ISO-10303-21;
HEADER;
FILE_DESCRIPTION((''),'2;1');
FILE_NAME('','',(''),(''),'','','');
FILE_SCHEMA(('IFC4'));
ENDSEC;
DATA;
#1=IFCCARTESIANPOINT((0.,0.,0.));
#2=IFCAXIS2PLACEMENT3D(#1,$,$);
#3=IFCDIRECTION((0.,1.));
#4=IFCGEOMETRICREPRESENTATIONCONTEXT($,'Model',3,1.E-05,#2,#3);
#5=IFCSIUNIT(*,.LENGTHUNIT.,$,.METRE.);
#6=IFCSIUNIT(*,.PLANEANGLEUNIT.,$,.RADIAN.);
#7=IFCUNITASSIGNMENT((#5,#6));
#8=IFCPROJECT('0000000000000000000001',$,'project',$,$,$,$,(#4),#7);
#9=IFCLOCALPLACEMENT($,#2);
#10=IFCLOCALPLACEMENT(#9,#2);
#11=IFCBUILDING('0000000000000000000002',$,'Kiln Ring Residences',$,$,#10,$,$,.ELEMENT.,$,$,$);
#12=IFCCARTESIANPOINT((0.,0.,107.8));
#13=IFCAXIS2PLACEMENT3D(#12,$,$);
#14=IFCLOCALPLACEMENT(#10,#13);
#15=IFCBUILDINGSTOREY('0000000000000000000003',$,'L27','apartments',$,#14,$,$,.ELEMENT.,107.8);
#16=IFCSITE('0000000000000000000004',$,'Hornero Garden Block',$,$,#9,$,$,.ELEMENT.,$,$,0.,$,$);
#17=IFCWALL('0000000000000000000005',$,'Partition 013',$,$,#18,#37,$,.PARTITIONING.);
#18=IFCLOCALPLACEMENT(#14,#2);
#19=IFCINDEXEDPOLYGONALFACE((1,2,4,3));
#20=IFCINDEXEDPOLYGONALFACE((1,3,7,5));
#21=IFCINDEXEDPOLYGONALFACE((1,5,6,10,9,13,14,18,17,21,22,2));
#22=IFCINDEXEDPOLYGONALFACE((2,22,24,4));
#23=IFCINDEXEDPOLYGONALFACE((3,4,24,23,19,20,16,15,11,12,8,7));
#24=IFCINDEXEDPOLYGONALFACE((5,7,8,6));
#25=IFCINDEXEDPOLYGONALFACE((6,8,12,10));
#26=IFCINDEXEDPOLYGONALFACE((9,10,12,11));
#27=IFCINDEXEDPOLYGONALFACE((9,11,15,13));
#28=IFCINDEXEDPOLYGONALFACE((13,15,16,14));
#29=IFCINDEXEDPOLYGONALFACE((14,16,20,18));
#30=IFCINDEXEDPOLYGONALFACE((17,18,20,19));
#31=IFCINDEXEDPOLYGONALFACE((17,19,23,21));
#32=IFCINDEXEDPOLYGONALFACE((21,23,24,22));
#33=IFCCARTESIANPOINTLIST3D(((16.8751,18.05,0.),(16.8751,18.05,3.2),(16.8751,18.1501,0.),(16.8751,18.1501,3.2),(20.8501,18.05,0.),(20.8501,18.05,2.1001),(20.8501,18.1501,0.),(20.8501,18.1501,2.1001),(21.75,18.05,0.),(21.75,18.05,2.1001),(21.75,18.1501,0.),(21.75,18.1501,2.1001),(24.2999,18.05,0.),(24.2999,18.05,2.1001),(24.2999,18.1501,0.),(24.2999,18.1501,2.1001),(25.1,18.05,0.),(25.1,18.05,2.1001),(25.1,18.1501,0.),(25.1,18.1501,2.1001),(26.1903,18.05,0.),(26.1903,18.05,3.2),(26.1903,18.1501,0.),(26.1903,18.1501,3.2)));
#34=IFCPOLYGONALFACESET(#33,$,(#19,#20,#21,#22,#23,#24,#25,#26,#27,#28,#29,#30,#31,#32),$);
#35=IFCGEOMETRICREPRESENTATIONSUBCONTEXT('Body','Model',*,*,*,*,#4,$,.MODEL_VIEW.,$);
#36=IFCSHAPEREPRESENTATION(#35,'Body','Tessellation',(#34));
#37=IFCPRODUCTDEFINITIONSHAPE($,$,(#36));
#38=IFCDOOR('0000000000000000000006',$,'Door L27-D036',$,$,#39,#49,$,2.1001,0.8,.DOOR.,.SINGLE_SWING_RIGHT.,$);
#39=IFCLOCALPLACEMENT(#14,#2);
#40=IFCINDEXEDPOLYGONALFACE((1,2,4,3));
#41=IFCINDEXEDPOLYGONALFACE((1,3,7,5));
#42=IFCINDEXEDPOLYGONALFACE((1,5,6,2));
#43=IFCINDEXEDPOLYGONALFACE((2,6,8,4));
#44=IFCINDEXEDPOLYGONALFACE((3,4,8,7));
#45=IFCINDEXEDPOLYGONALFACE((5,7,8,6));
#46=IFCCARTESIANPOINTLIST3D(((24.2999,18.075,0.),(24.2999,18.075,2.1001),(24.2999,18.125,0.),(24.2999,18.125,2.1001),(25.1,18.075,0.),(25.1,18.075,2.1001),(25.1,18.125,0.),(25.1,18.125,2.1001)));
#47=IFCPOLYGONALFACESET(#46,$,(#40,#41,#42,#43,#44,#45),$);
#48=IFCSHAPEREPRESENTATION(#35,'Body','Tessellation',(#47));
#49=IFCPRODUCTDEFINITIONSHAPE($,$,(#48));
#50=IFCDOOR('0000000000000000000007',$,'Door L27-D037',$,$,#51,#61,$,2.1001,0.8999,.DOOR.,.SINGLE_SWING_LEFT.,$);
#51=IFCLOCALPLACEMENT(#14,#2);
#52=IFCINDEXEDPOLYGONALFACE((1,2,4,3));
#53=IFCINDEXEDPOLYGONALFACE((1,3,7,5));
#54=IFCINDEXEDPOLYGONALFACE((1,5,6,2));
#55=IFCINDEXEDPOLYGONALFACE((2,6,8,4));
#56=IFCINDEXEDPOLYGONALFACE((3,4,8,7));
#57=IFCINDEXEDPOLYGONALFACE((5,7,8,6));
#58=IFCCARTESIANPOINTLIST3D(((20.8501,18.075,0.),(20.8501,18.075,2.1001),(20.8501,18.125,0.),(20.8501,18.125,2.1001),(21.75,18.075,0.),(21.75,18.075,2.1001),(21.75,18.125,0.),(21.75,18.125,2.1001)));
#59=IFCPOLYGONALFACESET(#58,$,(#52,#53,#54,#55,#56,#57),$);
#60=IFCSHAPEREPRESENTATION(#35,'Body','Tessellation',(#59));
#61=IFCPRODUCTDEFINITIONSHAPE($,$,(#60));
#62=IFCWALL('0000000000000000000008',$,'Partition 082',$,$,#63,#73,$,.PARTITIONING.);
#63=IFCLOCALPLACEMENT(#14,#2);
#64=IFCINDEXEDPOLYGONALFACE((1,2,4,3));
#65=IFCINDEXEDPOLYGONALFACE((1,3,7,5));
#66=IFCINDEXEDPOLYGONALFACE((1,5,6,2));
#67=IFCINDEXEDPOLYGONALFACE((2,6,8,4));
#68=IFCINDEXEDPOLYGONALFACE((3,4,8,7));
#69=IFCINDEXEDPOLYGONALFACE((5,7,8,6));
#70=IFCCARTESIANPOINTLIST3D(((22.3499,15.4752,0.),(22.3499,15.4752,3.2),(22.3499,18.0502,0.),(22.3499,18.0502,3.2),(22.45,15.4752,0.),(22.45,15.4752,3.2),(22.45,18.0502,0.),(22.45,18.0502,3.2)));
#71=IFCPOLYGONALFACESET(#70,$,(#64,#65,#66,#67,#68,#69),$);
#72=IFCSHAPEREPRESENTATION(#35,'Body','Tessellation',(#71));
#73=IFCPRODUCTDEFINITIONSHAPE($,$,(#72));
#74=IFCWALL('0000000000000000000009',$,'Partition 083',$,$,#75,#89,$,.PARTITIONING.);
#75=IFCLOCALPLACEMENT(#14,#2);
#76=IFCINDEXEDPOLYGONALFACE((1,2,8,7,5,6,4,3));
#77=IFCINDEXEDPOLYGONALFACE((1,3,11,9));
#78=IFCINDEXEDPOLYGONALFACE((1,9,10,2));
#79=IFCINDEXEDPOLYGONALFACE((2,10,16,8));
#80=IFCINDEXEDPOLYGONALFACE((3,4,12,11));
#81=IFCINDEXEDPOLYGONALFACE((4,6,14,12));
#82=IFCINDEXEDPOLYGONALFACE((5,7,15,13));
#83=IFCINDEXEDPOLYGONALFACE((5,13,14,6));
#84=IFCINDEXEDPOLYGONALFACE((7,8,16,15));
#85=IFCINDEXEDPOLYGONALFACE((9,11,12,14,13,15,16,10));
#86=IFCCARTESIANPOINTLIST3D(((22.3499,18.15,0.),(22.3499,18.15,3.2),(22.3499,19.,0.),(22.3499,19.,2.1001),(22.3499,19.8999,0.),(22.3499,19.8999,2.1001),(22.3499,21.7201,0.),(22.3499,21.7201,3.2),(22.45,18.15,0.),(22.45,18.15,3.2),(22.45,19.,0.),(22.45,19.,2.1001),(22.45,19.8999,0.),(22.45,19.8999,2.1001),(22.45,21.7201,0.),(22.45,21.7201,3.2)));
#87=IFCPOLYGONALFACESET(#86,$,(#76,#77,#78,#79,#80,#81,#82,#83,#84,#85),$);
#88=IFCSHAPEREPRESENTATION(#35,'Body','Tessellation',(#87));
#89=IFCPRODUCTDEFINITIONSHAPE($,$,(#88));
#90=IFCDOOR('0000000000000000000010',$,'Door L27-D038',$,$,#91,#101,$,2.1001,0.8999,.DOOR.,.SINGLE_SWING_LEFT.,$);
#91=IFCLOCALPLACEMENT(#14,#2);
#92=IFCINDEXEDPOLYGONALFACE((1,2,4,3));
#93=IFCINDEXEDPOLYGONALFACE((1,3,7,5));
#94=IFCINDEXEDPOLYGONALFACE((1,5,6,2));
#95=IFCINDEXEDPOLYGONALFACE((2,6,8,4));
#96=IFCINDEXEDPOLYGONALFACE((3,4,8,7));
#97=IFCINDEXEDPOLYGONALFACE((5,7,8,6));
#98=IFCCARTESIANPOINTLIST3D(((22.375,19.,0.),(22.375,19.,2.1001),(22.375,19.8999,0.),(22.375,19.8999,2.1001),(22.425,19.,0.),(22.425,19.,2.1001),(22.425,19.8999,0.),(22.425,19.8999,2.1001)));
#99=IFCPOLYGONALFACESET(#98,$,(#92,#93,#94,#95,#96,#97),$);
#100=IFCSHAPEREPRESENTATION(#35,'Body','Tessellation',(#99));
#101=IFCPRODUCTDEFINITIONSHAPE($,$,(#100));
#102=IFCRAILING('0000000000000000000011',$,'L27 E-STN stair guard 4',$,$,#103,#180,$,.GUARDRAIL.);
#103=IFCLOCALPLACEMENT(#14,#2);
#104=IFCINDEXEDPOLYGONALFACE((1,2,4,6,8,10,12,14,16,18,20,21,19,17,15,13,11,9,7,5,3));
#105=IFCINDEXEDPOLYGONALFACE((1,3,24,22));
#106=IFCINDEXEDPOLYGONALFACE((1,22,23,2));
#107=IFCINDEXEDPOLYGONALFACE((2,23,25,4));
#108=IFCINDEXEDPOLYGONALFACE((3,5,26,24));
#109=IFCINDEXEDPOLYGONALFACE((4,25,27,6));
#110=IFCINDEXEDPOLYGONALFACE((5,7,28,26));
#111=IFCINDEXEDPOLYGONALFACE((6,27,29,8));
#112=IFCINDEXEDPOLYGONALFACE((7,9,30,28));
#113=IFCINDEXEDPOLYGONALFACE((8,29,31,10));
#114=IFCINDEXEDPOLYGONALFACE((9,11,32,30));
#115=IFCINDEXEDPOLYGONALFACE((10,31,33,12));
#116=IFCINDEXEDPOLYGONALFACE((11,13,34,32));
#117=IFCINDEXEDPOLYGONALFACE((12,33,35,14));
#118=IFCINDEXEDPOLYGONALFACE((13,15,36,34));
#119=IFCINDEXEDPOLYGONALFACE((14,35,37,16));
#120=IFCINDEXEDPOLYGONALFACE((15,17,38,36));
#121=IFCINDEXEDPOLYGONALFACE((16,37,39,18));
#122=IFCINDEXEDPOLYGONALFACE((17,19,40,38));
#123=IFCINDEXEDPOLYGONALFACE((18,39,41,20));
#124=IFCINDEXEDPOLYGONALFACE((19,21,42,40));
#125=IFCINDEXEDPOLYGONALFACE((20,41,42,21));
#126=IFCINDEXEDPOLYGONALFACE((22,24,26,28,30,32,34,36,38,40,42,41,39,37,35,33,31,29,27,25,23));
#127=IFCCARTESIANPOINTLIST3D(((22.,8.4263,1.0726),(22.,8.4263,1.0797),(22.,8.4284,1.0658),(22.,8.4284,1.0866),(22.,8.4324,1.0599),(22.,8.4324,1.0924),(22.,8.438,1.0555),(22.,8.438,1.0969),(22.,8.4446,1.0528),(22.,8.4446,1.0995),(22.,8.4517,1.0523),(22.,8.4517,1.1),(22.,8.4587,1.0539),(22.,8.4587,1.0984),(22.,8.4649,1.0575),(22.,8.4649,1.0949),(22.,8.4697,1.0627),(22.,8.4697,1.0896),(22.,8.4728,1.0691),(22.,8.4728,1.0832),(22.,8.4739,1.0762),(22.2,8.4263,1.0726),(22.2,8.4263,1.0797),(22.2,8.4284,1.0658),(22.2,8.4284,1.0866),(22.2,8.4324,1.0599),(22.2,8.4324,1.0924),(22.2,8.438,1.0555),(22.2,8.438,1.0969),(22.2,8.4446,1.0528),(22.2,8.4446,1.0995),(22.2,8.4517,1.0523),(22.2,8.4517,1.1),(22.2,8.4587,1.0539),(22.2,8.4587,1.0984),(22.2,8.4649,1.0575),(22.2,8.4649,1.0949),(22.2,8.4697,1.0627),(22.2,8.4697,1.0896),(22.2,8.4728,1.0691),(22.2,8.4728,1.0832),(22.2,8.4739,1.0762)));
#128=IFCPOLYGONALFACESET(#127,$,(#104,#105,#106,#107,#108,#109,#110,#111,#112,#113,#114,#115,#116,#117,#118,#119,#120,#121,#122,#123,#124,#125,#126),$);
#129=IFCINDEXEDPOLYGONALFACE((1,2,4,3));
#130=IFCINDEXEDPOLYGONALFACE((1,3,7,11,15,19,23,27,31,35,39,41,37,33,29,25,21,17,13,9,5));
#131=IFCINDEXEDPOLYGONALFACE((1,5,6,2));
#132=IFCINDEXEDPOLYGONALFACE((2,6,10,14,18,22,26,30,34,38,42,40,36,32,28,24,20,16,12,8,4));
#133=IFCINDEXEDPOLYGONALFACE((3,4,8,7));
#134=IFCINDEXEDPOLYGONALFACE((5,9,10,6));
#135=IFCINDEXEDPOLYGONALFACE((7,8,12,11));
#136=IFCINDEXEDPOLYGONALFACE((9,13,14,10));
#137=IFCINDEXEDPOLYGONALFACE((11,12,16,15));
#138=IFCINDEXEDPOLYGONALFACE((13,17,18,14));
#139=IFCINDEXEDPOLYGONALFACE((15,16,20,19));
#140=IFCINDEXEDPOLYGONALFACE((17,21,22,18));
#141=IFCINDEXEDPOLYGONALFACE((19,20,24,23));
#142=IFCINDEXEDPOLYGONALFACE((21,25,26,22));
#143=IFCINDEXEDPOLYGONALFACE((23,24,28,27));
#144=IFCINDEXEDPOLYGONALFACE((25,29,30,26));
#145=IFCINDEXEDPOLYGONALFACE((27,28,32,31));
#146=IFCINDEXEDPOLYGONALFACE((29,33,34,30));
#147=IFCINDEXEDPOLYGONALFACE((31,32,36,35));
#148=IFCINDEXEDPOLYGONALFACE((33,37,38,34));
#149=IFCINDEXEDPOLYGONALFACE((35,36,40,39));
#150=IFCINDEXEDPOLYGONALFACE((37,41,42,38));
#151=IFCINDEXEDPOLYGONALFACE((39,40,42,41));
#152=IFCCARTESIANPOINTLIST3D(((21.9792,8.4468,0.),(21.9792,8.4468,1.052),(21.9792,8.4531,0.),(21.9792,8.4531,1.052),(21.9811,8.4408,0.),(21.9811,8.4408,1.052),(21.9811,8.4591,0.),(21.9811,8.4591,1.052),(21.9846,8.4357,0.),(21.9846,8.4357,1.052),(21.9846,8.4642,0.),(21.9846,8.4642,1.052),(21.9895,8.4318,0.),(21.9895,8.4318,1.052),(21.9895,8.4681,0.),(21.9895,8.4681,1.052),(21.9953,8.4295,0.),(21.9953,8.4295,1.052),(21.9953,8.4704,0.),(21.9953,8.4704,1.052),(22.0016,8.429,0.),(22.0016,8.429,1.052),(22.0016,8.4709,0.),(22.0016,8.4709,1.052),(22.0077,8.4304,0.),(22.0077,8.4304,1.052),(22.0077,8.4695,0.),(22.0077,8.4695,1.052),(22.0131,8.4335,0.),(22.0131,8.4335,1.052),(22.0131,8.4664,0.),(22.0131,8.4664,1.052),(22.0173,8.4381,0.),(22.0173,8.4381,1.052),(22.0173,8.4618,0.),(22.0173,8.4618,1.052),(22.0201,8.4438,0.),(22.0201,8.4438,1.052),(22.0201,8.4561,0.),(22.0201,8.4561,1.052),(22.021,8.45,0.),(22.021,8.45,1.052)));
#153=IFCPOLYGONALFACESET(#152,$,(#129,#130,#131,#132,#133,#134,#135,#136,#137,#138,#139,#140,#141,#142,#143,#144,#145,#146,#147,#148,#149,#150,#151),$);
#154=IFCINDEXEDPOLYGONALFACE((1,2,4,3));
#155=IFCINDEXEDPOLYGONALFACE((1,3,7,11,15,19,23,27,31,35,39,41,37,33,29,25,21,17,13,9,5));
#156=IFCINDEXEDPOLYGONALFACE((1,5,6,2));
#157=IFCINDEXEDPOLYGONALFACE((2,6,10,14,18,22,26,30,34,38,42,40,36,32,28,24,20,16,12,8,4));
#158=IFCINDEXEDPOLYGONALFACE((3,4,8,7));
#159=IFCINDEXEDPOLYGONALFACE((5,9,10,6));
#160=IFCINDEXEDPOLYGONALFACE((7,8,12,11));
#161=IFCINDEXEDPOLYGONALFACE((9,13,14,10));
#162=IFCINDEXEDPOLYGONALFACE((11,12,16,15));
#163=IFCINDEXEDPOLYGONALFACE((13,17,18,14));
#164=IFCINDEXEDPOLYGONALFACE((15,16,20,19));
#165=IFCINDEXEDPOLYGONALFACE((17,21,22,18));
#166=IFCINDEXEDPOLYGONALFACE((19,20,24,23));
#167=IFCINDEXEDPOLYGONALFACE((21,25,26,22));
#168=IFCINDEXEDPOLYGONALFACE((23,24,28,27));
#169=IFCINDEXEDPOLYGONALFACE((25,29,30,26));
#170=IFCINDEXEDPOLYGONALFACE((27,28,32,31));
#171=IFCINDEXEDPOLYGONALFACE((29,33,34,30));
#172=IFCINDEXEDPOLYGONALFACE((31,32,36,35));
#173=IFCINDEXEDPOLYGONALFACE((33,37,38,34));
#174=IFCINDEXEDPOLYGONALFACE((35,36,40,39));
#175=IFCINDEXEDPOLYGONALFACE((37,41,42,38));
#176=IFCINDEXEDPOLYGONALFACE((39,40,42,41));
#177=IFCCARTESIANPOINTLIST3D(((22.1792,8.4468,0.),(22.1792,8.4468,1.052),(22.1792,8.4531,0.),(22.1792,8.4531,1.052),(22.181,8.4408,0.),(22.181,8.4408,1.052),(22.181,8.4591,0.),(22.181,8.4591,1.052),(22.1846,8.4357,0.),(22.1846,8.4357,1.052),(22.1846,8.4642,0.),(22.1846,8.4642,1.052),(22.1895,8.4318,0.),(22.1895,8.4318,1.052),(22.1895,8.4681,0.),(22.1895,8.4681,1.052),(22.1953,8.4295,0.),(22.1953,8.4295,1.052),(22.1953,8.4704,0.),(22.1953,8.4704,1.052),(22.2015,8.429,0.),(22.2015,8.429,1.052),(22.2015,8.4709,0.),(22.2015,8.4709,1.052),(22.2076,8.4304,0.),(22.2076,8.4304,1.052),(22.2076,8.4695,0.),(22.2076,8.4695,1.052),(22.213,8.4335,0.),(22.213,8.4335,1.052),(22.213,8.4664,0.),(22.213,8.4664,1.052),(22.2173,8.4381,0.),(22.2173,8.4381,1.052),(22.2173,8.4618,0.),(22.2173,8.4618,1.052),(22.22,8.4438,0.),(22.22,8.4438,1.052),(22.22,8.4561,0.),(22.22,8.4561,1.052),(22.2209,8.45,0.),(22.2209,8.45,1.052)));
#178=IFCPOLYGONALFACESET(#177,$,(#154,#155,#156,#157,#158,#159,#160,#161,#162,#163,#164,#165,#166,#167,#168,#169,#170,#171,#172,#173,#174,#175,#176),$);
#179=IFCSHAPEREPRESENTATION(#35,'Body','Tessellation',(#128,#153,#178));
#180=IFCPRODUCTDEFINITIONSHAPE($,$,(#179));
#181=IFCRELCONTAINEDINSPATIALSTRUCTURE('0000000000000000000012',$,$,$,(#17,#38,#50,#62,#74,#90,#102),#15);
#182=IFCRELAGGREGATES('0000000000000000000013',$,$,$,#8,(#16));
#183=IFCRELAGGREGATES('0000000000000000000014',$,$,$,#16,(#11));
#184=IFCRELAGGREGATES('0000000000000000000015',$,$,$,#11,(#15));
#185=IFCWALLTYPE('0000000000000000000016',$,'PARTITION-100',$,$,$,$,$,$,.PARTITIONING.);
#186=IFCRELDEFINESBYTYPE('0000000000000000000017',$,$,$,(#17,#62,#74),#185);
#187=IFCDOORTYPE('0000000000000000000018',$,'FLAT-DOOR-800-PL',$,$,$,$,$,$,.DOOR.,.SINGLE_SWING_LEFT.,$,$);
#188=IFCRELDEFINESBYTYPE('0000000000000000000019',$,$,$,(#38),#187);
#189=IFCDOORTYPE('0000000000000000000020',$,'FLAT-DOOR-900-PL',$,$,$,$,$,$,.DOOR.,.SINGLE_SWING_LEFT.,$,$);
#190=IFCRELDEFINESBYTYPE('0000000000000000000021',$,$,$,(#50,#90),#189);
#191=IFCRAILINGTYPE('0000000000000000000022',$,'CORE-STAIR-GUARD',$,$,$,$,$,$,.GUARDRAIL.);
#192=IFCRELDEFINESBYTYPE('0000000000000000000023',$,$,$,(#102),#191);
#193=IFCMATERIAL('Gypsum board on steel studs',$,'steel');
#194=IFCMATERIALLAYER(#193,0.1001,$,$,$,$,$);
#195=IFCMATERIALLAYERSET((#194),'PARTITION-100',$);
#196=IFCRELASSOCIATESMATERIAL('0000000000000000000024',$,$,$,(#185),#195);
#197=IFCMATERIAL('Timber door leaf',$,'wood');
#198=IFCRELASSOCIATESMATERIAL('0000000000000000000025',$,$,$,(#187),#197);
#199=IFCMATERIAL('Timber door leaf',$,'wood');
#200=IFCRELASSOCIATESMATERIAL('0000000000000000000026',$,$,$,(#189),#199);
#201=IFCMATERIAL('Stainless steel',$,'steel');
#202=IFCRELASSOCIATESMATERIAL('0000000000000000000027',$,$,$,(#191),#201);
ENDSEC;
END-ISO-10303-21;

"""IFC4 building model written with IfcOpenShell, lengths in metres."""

from ifc_helpers import new_model, si_unit, direction, frame, frame_2d, origin, origin_2d, place, context, subcontext, project, spatial, rectangle, circle, extrude, material, layer, layer_set, type_object, element, fill, save


model = new_model("IFC4")

# Units and contexts
model_context = context("Model", 3, precision=1e-05, world=origin(), true_north=direction((0.0, 1.0)))
body_context = subcontext(model_context, "Body", "Model", "MODEL_VIEW")
ifc_project = project(units=[si_unit("LENGTHUNIT", "METRE"), si_unit("PLANEANGLEUNIT", "RADIAN")], contexts=[model_context])

# Site, building, storey
site_placement = place(None, origin())
site = spatial("IfcSite", under=ifc_project, at=site_placement, Name="Hornero Garden Block", CompositionType="ELEMENT", RefElevation=0.0)
building_placement = place(site_placement, origin())
building = spatial("IfcBuilding", under=site, at=building_placement, Name="Kiln Ring Residences", CompositionType="ELEMENT")
storey_placement = place(building_placement, frame((0.0, 0.0, 107.8)))
storey = spatial("IfcBuildingStorey", under=building, at=storey_placement, Name="L27", Description="apartments", CompositionType="ELEMENT", Elevation=107.8)

# Wall, openings, doors
ifc_material_1 = material(Name="Gypsum board on steel studs", Category="steel")
ifc_layer_1 = layer(ifc_material_1, 0.1001)
ifc_layer_set_1 = layer_set([ifc_layer_1], Name="PARTITION-100")
wall_type_1 = type_object("IfcWallType", Name="PARTITION-100", PredefinedType="PARTITIONING", material=ifc_layer_set_1)
wall_1_placement = place(storey_placement, frame((16.875, 18.1001, 0.0), z_axis=(0.0, 0.0, 1.0), x_axis=(1.0, 0.0, 0.0)))
wall_1 = element("IfcWall", 1, at=wall_1_placement, inside=storey, type_object=wall_type_1, Name="Partition 013", PredefinedType="PARTITIONING", context=body_context, shape_type="SweptSolid", body=[
    extrude(rectangle(XDim=9.3152, YDim=0.1001, at=frame_2d((4.6577, 0.0))), origin(), (0.0, 0.0, 1.0), 3.2),
])
opening_1_placement = place(wall_1_placement, frame((7.425, 0.0, 0.0)))
opening_1 = element("IfcOpeningElement", 2, at=opening_1_placement, cuts=wall_1, PredefinedType="OPENING", context=body_context, shape_type="SweptSolid", body=[
    extrude(rectangle(XDim=0.8, YDim=2.1001, at=frame_2d((0.3999, 1.05))), frame((0.0, 0.0601, 0.0), z_axis=(0.0, -1.0, 0.0), x_axis=(1.0, 0.0, 0.0)), (0.0, 0.0, 1.0), 0.1201),
])
opening_2_placement = place(wall_1_placement, frame((3.9751, 0.0, 0.0)))
opening_2 = element("IfcOpeningElement", 3, at=opening_2_placement, cuts=wall_1, PredefinedType="OPENING", context=body_context, shape_type="SweptSolid", body=[
    extrude(rectangle(XDim=0.8999, YDim=2.1001, at=frame_2d((0.45, 1.05))), frame((0.0, 0.0601, 0.0), z_axis=(0.0, -1.0, 0.0), x_axis=(1.0, 0.0, 0.0)), (0.0, 0.0, 1.0), 0.1201),
])
ifc_material_2 = material(Name="Timber door leaf", Category="wood")
door_type_1 = type_object("IfcDoorType", Name="FLAT-DOOR-800-PL", OperationType="SINGLE_SWING_LEFT", PredefinedType="DOOR", material=ifc_material_2)
door_1_placement = place(opening_1_placement, origin())
door_1 = element("IfcDoor", 4, at=door_1_placement, inside=storey, type_object=door_type_1, Name="Door L27-D036", OperationType="SINGLE_SWING_RIGHT", OverallHeight=2.1001, OverallWidth=0.8, PredefinedType="DOOR", context=body_context, shape_type="SweptSolid", body=[
    extrude(rectangle(XDim=0.8, YDim=2.1001, at=frame_2d((0.3999, 1.05))), frame((0.0, 0.0249, 0.0), z_axis=(0.0, -1.0, 0.0), x_axis=(1.0, 0.0, 0.0)), (0.0, 0.0, 1.0), 0.05),
])
fill(opening_1, door_1)
ifc_material_3 = material(Name="Timber door leaf", Category="wood")
door_type_2 = type_object("IfcDoorType", Name="FLAT-DOOR-900-PL", OperationType="SINGLE_SWING_LEFT", PredefinedType="DOOR", material=ifc_material_3)
door_2_placement = place(opening_2_placement, origin())
door_2 = element("IfcDoor", 5, at=door_2_placement, inside=storey, type_object=door_type_2, Name="Door L27-D037", OperationType="SINGLE_SWING_LEFT", OverallHeight=2.1001, OverallWidth=0.8999, PredefinedType="DOOR", context=body_context, shape_type="SweptSolid", body=[
    extrude(rectangle(XDim=0.8999, YDim=2.1001, at=frame_2d((0.45, 1.05))), frame((0.0, 0.0249, 0.0), z_axis=(0.0, -1.0, 0.0), x_axis=(1.0, 0.0, 0.0)), (0.0, 0.0, 1.0), 0.05),
])
fill(opening_2, door_2)

# Wall
wall_2_placement = place(storey_placement, frame((22.3999, 15.4751, 0.0), z_axis=(0.0, 0.0, 1.0), x_axis=(0.0, 1.0, 0.0)))
element("IfcWall", 6, at=wall_2_placement, inside=storey, type_object=wall_type_1, Name="Partition 082", PredefinedType="PARTITIONING", context=body_context, shape_type="SweptSolid", body=[
    extrude(rectangle(XDim=2.575, YDim=0.1001, at=frame_2d((1.2876, 0.0))), origin(), (0.0, 0.0, 1.0), 3.2),
])

# Wall, opening, door
wall_3_placement = place(storey_placement, frame((22.3999, 18.1499, 0.0), z_axis=(0.0, 0.0, 1.0), x_axis=(0.0, 1.0, 0.0)))
wall_3 = element("IfcWall", 7, at=wall_3_placement, inside=storey, type_object=wall_type_1, Name="Partition 083", PredefinedType="PARTITIONING", context=body_context, shape_type="SweptSolid", body=[
    extrude(rectangle(XDim=3.5701, YDim=0.1001, at=frame_2d((1.7852, 0.0))), origin(), (0.0, 0.0, 1.0), 3.2),
])
opening_3_placement = place(wall_3_placement, frame((0.8501, 0.0, 0.0)))
opening_3 = element("IfcOpeningElement", 8, at=opening_3_placement, cuts=wall_3, PredefinedType="OPENING", context=body_context, shape_type="SweptSolid", body=[
    extrude(rectangle(XDim=0.8999, YDim=2.1001, at=frame_2d((0.45, 1.05))), frame((0.0, 0.0601, 0.0), z_axis=(0.0, -1.0, 0.0), x_axis=(1.0, 0.0, 0.0)), (0.0, 0.0, 1.0), 0.1201),
])
door_3_placement = place(opening_3_placement, origin())
door_3 = element("IfcDoor", 9, at=door_3_placement, inside=storey, type_object=door_type_2, Name="Door L27-D038", OperationType="SINGLE_SWING_LEFT", OverallHeight=2.1001, OverallWidth=0.8999, PredefinedType="DOOR", context=body_context, shape_type="SweptSolid", body=[
    extrude(rectangle(XDim=0.8999, YDim=2.1001, at=frame_2d((0.45, 1.05))), frame((0.0, 0.0249, 0.0), z_axis=(0.0, -1.0, 0.0), x_axis=(1.0, 0.0, 0.0)), (0.0, 0.0, 1.0), 0.05),
])
fill(opening_3, door_3)

# Railing
ifc_material_4 = material(Name="Stainless steel", Category="steel")
railing_type = type_object("IfcRailingType", Name="CORE-STAIR-GUARD", PredefinedType="GUARDRAIL", material=ifc_material_4)
railing_placement = place(storey_placement, frame((22.0, 8.45, 0.0)))
element("IfcRailing", 10, at=railing_placement, inside=storey, type_object=railing_type, Name="L27 E-STN stair guard 4", PredefinedType="GUARDRAIL", context=body_context, shape_type="SweptSolid", body=[
    extrude(circle(Radius=0.0239, at=origin_2d()), frame((0.0, 0.0, 1.0762), z_axis=(1.0, 0.0, 0.0), x_axis=(0.0, 1.0, 0.0)), (0.0, 0.0, 1.0), 0.2),
    extrude(circle(Radius=0.021, at=origin_2d()), origin(), (0.0, 0.0, 1.0), 1.052),
    extrude(circle(Radius=0.021, at=origin_2d()), frame((0.2, 0.0, 0.0)), (0.0, 0.0, 1.0), 1.052),
])

save(model, "model.ifc")
